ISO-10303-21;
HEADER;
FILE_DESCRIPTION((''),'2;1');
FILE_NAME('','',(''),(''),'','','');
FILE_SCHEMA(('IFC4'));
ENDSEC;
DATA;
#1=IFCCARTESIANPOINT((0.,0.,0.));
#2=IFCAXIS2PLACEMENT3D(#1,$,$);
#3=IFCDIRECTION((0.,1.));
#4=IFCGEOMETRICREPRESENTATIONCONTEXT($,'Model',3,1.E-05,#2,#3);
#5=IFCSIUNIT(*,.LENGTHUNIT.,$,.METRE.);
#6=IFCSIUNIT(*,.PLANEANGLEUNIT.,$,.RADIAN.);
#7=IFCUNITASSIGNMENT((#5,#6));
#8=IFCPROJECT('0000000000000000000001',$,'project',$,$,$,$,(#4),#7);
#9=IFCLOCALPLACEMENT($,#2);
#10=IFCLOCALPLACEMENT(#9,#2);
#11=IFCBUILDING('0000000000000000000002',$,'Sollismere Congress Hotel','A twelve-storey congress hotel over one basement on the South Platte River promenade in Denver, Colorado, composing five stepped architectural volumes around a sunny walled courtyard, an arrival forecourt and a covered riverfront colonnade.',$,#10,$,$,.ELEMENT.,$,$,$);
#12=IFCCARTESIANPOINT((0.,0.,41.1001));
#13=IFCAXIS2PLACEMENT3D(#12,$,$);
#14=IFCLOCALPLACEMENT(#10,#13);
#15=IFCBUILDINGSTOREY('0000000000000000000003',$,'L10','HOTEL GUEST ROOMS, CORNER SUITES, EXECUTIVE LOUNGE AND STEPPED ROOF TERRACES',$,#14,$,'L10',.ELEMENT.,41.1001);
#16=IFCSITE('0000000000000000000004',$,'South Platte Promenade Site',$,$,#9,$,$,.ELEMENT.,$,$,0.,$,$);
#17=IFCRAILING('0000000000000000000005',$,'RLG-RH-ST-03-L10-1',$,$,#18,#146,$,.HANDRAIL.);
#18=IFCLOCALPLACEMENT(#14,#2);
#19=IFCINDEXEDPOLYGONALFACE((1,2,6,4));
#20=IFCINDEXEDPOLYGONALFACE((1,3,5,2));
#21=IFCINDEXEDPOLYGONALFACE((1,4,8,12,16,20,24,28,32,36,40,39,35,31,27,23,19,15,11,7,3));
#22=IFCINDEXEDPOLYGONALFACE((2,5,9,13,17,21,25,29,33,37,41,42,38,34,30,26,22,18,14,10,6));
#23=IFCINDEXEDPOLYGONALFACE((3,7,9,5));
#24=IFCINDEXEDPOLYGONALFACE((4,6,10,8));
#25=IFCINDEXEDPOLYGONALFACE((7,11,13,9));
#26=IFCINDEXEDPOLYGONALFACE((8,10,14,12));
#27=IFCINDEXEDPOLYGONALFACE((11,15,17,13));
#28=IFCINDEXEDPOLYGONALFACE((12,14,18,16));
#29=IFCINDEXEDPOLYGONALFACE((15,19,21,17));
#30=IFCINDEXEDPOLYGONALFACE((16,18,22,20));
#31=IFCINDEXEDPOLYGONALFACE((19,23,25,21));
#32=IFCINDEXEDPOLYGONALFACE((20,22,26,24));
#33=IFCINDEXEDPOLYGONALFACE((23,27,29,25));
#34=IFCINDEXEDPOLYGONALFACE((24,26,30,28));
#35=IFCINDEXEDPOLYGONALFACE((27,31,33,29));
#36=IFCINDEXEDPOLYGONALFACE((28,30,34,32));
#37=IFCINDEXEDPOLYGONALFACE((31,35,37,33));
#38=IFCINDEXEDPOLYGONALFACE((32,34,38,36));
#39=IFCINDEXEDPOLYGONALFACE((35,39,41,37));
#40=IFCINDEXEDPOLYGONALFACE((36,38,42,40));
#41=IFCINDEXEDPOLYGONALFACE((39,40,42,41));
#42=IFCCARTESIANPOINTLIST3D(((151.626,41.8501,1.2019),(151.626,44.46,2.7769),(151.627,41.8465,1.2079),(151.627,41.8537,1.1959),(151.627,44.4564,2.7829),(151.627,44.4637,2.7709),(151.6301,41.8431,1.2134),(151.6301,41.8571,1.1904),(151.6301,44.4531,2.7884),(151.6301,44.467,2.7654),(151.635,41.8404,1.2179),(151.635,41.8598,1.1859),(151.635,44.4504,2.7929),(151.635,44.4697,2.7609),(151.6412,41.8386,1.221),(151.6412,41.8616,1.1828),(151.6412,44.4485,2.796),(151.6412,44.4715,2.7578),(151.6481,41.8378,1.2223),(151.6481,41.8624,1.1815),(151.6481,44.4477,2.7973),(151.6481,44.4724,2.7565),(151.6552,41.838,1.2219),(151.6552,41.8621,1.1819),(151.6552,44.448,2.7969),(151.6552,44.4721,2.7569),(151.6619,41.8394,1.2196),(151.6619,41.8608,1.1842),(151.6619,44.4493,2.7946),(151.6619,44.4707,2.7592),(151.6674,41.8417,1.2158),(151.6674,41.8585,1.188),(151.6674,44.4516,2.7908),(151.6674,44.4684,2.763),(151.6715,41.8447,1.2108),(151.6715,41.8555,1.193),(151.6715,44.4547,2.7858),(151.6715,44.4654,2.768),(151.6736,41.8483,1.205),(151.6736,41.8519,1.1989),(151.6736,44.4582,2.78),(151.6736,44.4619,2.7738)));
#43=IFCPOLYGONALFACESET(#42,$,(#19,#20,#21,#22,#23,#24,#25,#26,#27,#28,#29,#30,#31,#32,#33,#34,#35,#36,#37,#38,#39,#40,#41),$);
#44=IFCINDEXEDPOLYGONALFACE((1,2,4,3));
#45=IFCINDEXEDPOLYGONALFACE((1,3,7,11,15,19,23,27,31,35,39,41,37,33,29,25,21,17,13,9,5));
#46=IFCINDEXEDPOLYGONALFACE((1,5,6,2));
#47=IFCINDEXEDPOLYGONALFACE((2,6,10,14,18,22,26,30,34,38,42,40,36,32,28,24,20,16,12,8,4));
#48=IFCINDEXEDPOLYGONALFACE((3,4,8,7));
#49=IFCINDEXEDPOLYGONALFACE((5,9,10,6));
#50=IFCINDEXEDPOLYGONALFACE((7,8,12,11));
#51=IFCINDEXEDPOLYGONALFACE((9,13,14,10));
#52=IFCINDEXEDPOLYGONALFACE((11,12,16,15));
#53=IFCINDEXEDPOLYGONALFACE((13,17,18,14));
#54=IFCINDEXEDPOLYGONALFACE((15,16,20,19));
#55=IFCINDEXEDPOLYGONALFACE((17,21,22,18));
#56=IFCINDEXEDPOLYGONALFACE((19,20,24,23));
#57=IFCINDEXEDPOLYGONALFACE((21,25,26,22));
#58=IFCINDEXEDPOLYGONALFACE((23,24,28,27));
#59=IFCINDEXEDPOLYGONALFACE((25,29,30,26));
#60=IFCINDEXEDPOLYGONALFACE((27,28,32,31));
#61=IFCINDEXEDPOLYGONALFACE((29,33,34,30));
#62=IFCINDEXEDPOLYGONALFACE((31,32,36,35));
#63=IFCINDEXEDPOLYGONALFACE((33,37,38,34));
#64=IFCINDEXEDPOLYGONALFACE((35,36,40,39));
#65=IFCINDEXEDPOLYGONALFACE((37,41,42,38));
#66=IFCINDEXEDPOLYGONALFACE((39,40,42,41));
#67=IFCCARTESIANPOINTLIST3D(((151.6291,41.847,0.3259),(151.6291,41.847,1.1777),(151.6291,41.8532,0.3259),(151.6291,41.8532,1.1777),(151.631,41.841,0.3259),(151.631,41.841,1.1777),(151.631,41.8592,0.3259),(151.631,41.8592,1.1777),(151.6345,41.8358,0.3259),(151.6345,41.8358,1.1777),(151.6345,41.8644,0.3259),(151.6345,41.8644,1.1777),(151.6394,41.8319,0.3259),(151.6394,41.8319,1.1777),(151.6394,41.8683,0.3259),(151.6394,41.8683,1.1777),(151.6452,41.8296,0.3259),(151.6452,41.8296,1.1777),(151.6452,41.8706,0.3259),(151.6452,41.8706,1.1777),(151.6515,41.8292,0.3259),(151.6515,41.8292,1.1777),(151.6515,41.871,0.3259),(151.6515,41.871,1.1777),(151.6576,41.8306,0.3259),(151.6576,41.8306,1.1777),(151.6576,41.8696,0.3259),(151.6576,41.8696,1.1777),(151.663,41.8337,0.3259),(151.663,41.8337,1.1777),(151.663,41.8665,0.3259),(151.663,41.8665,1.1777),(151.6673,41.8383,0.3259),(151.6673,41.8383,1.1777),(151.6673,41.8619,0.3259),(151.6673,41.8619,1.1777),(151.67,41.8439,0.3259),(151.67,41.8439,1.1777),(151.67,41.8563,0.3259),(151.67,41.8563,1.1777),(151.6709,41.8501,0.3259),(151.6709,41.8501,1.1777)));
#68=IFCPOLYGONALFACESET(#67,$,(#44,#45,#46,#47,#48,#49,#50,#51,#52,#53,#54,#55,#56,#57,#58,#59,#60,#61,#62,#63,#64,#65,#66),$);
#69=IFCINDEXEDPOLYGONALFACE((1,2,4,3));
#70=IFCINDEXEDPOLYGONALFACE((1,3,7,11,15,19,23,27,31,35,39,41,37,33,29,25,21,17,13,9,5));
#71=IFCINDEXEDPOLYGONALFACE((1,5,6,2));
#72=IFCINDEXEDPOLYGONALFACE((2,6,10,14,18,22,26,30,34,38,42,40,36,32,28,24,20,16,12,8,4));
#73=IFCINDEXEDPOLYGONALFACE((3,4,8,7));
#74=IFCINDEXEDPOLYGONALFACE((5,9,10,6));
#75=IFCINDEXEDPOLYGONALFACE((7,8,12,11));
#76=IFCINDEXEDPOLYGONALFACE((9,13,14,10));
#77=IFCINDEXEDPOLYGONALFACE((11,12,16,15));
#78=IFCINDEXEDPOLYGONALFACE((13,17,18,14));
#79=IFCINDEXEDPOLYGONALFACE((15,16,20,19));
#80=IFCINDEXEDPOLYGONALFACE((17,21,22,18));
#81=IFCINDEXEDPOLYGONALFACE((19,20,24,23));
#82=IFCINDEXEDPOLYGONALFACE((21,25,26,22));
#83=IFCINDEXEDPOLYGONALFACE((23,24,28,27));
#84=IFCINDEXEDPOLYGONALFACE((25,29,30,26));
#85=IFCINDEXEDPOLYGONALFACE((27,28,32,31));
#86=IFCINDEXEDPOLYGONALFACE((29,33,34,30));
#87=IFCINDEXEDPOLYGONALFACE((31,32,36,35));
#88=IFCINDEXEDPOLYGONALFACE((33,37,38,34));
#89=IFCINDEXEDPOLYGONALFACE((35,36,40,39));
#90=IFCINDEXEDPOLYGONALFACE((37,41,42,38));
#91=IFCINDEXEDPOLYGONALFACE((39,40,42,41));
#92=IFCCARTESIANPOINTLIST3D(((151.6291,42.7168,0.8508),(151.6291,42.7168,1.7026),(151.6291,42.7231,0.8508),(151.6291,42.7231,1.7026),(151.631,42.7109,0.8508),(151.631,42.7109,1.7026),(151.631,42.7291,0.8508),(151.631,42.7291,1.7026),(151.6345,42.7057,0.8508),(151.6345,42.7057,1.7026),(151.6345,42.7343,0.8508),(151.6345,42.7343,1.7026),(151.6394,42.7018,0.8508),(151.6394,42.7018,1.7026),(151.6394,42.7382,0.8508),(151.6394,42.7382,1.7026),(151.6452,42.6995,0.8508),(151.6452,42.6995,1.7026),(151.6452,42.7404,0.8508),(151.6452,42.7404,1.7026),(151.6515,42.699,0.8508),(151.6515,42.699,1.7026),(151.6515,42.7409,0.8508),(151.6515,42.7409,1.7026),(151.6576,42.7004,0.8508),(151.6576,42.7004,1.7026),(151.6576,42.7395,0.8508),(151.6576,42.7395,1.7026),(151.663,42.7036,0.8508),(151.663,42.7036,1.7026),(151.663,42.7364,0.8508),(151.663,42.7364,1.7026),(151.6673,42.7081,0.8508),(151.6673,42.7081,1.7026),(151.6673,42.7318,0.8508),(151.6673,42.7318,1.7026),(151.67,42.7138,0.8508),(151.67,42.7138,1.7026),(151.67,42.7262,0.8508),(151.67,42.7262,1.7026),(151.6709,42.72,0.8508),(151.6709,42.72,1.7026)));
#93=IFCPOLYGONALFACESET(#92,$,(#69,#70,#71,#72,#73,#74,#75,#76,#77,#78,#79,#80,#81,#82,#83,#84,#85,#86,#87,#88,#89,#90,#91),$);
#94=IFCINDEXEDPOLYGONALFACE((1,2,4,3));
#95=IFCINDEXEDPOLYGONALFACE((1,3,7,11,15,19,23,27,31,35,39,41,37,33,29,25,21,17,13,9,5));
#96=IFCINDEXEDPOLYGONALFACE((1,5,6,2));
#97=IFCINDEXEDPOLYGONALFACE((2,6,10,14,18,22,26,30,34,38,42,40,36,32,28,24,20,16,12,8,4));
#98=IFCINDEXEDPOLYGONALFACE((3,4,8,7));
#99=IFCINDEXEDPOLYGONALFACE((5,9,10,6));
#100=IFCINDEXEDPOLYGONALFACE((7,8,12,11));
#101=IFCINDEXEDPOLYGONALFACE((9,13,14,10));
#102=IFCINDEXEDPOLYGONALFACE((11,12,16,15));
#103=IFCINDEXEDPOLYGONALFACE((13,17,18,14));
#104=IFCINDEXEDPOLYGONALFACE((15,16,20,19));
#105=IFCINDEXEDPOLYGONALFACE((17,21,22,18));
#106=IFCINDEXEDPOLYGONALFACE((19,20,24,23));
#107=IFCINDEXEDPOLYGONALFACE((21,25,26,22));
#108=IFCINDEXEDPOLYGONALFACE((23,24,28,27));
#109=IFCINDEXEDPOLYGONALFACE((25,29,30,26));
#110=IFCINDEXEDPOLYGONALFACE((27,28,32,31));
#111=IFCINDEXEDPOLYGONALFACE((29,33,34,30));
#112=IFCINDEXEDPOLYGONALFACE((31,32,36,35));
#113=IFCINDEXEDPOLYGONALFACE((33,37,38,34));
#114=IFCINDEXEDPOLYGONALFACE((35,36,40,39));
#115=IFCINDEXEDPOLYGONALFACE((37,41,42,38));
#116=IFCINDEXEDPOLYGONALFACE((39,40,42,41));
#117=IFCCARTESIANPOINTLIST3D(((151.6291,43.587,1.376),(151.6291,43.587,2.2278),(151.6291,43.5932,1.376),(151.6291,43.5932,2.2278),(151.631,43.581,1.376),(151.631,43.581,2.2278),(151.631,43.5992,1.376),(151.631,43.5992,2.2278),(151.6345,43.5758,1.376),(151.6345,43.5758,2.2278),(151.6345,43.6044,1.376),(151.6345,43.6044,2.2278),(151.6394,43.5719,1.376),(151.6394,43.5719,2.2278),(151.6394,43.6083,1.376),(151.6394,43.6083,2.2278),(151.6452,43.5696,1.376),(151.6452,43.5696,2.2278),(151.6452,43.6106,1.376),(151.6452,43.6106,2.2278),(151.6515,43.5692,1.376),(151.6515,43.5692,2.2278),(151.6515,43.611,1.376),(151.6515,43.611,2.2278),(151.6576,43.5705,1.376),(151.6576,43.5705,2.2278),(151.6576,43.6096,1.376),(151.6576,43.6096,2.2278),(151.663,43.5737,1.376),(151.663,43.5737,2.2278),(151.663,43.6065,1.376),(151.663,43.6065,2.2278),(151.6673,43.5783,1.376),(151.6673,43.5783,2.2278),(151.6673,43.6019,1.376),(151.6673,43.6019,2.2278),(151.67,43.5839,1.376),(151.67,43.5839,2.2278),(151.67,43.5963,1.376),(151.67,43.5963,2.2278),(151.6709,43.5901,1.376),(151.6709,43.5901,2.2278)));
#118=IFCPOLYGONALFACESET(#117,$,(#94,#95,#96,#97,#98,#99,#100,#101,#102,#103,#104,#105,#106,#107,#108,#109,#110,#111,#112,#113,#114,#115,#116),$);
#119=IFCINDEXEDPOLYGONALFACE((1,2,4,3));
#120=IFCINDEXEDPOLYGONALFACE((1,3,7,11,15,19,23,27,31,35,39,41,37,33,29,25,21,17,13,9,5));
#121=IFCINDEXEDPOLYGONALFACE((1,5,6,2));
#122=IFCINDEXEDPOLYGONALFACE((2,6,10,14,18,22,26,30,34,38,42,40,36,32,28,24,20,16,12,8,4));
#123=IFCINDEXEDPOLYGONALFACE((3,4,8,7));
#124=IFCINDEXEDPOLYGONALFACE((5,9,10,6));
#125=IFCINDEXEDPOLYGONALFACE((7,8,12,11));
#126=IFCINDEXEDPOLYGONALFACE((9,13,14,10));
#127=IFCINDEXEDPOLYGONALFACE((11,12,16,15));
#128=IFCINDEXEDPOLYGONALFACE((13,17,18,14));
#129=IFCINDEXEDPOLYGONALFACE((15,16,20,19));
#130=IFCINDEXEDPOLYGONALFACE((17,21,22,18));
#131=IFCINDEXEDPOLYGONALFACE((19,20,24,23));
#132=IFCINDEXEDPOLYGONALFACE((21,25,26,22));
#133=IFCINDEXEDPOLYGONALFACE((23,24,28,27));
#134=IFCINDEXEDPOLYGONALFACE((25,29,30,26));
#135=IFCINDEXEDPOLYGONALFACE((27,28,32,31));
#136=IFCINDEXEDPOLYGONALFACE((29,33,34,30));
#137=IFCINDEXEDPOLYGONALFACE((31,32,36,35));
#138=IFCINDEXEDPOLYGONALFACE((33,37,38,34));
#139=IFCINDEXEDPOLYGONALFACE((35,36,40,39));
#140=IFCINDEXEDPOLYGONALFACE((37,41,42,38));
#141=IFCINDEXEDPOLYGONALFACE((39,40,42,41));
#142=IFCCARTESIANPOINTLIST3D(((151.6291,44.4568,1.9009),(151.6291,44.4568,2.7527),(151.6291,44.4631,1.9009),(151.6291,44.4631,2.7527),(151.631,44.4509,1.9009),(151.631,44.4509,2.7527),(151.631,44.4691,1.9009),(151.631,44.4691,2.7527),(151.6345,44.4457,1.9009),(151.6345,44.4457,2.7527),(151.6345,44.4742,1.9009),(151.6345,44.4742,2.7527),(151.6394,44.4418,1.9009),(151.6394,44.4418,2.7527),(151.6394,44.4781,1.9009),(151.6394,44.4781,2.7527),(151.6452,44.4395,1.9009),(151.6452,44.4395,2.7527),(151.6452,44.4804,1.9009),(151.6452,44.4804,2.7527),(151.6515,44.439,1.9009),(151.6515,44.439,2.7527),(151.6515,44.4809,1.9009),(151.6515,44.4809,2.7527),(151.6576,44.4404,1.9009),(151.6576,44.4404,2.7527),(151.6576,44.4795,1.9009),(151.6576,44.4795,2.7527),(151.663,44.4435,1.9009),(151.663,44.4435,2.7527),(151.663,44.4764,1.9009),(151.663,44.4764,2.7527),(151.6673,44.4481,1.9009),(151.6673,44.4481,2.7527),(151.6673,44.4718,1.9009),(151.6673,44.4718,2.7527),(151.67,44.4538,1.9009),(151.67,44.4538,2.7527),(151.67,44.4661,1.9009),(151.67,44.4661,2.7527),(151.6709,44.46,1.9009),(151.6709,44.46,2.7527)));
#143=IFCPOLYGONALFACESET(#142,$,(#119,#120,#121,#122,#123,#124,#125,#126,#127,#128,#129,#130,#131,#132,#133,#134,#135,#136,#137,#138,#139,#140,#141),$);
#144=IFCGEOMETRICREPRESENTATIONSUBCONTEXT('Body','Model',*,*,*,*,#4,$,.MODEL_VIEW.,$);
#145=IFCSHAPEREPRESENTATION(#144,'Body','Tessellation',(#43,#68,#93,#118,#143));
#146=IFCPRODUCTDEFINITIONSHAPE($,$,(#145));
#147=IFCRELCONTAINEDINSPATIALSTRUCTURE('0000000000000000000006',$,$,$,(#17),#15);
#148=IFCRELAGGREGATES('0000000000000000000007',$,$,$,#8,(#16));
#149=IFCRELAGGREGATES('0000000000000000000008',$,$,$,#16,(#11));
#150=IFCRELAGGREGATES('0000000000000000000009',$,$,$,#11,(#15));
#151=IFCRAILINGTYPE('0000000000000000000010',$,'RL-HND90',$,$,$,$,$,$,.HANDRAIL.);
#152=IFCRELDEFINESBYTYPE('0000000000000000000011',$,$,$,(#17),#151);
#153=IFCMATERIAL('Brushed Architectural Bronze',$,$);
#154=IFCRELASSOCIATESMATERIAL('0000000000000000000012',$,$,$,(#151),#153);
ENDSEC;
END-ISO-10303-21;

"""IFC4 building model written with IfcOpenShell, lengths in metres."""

from ifc_helpers import new_model, si_unit, direction, frame, origin, origin_2d, place, context, subcontext, project, spatial, circle, extrude, material, type_object, element, save


model = new_model("IFC4")

# Units and contexts
model_context = context("Model", 3, precision=1e-05, world=origin(), true_north=direction((0.0, 1.0)))
body_context = subcontext(model_context, "Body", "Model", "MODEL_VIEW")
ifc_project = project(units=[si_unit("LENGTHUNIT", "METRE"), si_unit("PLANEANGLEUNIT", "RADIAN")], contexts=[model_context])

# Site, building, storey
site_placement = place(None, origin())
site = spatial("IfcSite", under=ifc_project, at=site_placement, Name="South Platte Promenade Site", CompositionType="ELEMENT", RefElevation=0.0)
building_placement = place(site_placement, origin())
building = spatial("IfcBuilding", under=site, at=building_placement, Name="Sollismere Congress Hotel", Description="A twelve-storey congress hotel over one basement on the South Platte River promenade in Denver, Colorado, composing five stepped architectural volumes around a sunny walled courtyard, an arrival forecourt and a covered riverfront colonnade.", CompositionType="ELEMENT")
storey_placement = place(building_placement, frame((0.0, 0.0, 41.1001)))
storey = spatial("IfcBuildingStorey", under=building, at=storey_placement, Name="L10", Description="HOTEL GUEST ROOMS, CORNER SUITES, EXECUTIVE LOUNGE AND STEPPED ROOF TERRACES", LongName="L10", CompositionType="ELEMENT", Elevation=41.1001)

# Railing
ifc_material_1 = material(Name="Brushed Architectural Bronze")
railing_type_1 = type_object("IfcRailingType", Name="RL-HND90", PredefinedType="HANDRAIL", material=ifc_material_1)
railing_1_placement = place(storey_placement, frame((151.6499, 41.8501, 0.3259)))
element("IfcRailing", 1, at=railing_1_placement, inside=storey, type_object=railing_type_1, Name="RLG-RH-ST-03-L10-1", PredefinedType="HANDRAIL", context=body_context, shape_type="SweptSolid", body=[
    extrude(circle(Radius=0.0239, at=origin_2d()), frame((0.0, 0.0, 0.876), z_axis=(0.0, 0.856183, 0.516673), x_axis=(-1.0, 0.0, 0.0)), (0.0, 0.0, 1.0), 3.0483),
    extrude(circle(Radius=0.021, at=origin_2d()), origin(), (0.0, 0.0, 1.0), 0.8518),
    extrude(circle(Radius=0.021, at=origin_2d()), frame((0.0, 0.8699, 0.5249)), (0.0, 0.0, 1.0), 0.8518),
    extrude(circle(Radius=0.021, at=origin_2d()), frame((0.0, 1.74, 1.05)), (0.0, 0.0, 1.0), 0.8518),
    extrude(circle(Radius=0.021, at=origin_2d()), frame((0.0, 2.6099, 1.575)), (0.0, 0.0, 1.0), 0.8518),
])

save(model, "model.ifc")
